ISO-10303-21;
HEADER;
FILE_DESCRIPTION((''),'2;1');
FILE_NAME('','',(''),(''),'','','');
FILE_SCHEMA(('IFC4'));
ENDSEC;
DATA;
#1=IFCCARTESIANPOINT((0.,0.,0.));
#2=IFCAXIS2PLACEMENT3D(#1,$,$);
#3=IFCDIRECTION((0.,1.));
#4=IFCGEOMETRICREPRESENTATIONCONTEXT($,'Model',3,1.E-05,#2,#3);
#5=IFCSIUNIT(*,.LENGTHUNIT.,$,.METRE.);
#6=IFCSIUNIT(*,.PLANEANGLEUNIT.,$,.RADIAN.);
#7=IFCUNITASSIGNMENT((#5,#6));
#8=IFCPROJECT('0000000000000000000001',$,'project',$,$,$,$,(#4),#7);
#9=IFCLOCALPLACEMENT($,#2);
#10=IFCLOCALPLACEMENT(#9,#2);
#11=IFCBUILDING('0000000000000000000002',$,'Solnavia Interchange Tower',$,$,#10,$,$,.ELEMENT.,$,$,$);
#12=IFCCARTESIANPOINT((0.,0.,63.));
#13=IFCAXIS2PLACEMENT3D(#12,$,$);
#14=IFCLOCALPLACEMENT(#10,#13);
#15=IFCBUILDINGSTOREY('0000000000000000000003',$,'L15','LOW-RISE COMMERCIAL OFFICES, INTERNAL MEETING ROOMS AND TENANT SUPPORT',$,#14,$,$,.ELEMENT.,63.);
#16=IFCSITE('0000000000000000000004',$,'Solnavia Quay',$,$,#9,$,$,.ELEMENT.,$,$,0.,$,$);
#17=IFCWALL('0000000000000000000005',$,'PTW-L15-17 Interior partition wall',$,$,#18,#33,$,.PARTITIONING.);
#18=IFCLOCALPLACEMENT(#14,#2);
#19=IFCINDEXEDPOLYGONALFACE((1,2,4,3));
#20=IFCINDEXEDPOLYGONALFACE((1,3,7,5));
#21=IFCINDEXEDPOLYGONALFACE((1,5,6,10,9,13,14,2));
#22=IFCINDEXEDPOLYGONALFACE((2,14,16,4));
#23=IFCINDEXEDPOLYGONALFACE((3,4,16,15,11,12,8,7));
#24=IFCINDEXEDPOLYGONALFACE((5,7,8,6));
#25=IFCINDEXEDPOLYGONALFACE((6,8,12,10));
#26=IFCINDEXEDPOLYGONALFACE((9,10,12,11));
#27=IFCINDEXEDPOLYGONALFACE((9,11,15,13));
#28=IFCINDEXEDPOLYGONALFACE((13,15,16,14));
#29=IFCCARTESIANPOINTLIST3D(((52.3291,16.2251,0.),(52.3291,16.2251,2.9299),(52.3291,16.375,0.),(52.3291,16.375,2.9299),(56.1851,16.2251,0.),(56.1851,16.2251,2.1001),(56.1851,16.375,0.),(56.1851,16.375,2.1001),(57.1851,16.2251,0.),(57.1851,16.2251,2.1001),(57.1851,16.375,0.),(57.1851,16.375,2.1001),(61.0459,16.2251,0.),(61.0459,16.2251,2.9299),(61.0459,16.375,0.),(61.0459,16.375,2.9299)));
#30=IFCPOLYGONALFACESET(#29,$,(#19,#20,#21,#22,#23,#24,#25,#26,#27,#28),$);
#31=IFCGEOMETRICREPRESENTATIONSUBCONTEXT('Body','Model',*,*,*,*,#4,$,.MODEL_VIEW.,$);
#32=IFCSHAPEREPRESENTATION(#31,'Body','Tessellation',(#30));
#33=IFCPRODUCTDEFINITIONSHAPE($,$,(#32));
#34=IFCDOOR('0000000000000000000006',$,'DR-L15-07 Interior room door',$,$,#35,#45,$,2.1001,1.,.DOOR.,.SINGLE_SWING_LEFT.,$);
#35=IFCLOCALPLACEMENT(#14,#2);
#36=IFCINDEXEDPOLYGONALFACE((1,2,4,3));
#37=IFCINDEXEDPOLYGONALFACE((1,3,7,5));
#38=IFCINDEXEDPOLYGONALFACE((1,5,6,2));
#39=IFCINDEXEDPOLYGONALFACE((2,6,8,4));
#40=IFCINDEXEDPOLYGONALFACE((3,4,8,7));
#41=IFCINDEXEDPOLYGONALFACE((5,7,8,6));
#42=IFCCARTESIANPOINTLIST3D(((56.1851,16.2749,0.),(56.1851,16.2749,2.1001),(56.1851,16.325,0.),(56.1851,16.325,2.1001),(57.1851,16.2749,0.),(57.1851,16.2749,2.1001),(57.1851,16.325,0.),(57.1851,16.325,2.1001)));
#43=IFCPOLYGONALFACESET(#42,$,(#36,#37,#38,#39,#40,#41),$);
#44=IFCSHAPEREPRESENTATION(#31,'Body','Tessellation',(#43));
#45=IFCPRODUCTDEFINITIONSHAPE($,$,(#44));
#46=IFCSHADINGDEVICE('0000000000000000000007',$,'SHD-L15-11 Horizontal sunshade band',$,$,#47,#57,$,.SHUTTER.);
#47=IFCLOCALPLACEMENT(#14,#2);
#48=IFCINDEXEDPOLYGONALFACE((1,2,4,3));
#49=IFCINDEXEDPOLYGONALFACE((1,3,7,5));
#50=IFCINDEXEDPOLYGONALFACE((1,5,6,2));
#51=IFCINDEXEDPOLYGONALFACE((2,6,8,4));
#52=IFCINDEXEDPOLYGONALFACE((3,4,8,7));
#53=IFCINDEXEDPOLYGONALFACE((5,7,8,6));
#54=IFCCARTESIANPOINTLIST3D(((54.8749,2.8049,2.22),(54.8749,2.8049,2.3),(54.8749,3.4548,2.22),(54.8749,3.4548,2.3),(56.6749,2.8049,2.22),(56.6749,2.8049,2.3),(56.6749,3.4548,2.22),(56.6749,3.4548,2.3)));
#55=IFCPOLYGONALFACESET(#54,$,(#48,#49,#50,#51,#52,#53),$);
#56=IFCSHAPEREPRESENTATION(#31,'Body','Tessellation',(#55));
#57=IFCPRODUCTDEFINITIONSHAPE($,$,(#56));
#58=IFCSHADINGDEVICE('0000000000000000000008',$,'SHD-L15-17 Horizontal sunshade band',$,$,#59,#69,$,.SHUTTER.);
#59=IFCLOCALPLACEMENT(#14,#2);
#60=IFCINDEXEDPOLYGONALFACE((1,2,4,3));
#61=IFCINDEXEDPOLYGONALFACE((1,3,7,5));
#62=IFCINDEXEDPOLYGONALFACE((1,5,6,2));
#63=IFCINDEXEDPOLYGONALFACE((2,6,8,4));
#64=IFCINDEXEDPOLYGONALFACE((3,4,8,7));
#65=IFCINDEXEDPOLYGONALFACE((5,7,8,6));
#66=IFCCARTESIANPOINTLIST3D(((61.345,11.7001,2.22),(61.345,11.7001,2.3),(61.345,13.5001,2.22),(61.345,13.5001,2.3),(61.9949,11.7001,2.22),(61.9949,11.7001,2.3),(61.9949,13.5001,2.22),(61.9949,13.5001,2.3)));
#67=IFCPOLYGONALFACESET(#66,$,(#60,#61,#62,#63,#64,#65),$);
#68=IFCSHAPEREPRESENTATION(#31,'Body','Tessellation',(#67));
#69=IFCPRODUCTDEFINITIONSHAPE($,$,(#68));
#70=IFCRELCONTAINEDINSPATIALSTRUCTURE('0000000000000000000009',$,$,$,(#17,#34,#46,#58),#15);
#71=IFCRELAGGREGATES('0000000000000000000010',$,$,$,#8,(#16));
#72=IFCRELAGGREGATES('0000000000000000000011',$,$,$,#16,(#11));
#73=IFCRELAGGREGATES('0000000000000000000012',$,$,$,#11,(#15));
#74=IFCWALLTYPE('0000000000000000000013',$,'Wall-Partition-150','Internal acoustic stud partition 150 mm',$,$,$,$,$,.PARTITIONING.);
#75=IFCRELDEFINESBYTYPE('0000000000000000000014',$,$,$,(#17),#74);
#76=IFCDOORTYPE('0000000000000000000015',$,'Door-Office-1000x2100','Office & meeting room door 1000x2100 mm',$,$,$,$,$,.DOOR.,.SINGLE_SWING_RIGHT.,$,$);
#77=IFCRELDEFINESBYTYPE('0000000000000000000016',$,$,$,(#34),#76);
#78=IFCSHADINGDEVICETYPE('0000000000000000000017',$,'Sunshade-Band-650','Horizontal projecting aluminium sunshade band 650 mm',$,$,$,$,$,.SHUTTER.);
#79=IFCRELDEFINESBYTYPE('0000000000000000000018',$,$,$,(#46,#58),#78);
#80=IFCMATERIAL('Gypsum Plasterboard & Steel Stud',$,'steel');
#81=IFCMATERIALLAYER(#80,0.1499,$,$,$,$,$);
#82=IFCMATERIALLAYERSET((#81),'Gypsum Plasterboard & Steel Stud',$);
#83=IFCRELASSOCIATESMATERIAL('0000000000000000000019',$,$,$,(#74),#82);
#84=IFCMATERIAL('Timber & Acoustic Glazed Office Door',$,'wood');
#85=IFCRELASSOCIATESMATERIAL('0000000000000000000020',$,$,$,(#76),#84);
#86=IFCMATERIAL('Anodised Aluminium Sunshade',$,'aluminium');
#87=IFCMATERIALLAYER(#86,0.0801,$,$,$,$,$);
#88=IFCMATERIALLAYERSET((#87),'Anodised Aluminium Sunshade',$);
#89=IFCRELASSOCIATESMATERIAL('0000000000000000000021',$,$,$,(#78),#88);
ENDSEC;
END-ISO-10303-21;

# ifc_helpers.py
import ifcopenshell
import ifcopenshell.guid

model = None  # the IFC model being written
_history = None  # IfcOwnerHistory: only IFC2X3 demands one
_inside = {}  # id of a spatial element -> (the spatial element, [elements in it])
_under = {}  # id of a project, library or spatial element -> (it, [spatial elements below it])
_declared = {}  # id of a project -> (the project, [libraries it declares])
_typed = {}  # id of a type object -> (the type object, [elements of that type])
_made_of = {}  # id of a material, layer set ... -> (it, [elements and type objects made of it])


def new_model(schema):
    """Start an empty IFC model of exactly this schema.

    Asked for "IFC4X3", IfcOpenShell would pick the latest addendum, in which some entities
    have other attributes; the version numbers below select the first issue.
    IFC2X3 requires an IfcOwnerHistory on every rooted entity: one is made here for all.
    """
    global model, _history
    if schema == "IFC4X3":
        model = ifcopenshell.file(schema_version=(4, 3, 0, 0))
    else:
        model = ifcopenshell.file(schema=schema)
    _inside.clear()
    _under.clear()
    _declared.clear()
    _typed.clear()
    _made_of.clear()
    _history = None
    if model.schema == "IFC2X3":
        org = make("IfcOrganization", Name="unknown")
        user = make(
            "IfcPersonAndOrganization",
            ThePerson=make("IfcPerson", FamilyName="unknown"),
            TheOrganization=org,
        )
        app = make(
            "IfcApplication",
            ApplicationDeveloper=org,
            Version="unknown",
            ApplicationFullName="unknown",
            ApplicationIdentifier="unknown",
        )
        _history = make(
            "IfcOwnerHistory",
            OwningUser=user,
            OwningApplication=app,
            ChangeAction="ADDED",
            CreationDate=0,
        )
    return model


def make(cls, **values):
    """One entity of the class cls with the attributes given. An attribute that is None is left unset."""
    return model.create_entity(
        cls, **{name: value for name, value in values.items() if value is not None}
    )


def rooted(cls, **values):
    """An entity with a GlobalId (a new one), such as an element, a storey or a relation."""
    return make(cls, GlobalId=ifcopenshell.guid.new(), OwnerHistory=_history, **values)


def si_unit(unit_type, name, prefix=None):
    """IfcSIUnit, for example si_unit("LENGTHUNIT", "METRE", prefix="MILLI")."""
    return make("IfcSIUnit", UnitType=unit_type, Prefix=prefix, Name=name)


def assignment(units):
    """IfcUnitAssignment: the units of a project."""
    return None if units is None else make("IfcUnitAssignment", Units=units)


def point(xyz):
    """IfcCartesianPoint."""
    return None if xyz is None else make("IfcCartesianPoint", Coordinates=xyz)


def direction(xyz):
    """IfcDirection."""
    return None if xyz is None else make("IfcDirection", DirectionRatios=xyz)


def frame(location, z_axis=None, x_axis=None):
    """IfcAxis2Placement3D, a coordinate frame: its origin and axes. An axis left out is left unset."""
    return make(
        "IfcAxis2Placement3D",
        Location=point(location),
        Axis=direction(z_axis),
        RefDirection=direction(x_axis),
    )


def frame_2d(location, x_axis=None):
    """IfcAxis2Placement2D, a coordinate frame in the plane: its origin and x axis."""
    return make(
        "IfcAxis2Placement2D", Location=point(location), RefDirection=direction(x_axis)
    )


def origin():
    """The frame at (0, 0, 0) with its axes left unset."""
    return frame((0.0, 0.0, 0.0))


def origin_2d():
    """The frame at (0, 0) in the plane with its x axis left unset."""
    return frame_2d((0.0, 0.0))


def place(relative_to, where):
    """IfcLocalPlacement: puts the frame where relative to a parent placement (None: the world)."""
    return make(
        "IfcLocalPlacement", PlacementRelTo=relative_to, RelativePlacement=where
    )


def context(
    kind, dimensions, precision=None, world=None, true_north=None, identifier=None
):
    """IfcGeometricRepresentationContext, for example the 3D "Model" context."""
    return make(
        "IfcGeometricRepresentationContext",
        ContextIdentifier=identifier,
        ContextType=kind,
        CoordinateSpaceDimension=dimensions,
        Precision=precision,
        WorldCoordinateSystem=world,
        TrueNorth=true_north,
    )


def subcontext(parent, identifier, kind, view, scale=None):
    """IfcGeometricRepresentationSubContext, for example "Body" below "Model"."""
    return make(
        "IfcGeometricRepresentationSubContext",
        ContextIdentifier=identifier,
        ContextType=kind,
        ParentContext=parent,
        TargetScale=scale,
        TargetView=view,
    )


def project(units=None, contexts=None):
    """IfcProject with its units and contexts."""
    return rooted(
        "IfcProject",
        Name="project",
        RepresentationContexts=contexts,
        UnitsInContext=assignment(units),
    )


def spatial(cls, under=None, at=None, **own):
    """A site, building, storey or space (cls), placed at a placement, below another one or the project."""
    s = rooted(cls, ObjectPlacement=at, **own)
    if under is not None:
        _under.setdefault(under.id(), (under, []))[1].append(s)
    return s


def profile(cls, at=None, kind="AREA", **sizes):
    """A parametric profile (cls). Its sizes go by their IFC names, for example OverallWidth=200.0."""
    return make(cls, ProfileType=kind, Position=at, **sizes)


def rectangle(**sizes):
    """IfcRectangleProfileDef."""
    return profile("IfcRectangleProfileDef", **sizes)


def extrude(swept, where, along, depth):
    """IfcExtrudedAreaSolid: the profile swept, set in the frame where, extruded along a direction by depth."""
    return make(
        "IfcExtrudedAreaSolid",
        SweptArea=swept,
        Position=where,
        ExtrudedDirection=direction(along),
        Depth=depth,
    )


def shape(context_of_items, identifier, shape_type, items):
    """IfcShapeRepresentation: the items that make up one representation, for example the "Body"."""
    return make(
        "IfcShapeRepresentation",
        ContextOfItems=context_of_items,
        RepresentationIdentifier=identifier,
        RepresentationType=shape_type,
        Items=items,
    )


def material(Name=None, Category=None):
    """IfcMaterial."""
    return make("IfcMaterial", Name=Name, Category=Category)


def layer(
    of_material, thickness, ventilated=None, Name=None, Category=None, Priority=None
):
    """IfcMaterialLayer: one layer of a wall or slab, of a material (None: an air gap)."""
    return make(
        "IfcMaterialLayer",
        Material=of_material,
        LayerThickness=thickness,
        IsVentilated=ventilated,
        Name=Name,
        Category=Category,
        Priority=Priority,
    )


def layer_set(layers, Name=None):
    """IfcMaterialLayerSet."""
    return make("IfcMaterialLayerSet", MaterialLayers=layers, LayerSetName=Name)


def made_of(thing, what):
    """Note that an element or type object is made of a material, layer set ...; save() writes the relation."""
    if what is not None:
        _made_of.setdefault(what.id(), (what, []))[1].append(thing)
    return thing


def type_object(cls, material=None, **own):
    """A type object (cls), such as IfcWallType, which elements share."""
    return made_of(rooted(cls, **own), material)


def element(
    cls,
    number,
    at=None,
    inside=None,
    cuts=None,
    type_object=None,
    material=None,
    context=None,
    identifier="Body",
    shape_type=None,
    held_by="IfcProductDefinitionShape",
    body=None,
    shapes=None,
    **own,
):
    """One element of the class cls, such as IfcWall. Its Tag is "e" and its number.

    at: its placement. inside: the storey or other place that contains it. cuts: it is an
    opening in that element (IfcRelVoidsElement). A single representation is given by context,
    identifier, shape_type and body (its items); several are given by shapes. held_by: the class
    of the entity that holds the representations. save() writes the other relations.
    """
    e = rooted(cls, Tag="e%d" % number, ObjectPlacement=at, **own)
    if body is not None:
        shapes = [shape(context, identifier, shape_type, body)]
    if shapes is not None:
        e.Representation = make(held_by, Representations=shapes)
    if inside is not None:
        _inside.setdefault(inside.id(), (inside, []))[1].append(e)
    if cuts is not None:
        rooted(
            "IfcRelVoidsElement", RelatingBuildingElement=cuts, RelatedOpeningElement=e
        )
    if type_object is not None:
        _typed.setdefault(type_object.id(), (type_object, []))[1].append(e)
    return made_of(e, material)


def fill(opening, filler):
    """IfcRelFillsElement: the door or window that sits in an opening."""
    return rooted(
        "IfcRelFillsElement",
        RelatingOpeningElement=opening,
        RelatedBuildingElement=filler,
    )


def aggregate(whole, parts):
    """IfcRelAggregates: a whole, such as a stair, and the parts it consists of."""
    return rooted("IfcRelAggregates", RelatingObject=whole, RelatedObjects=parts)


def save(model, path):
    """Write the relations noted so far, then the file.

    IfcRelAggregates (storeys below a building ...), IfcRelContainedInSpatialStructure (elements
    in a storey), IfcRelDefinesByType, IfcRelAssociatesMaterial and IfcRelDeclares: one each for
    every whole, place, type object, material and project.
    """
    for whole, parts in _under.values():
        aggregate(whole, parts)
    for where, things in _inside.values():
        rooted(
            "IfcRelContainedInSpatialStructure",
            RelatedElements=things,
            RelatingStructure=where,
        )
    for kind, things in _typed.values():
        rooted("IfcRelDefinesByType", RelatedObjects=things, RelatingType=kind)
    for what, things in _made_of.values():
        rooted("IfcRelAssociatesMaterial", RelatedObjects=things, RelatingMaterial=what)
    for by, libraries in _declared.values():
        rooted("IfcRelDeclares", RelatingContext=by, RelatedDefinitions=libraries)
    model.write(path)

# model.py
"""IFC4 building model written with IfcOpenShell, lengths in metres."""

from ifc_helpers import new_model, si_unit, direction, frame, frame_2d, origin, origin_2d, place, context, subcontext, project, spatial, rectangle, extrude, material, layer, layer_set, type_object, element, fill, save


model = new_model("IFC4")

# Units and contexts
model_context = context("Model", 3, precision=1e-05, world=origin(), true_north=direction((0.0, 1.0)))
body_context = subcontext(model_context, "Body", "Model", "MODEL_VIEW")
ifc_project = project(units=[si_unit("LENGTHUNIT", "METRE"), si_unit("PLANEANGLEUNIT", "RADIAN")], contexts=[model_context])

# Site, building, storey
site_placement = place(None, origin())
site = spatial("IfcSite", under=ifc_project, at=site_placement, Name="Solnavia Quay", CompositionType="ELEMENT", RefElevation=0.0)
building_placement = place(site_placement, origin())
building = spatial("IfcBuilding", under=site, at=building_placement, Name="Solnavia Interchange Tower", CompositionType="ELEMENT")
storey_placement = place(building_placement, frame((0.0, 0.0, 63.0)))
storey = spatial("IfcBuildingStorey", under=building, at=storey_placement, Name="L15", Description="LOW-RISE COMMERCIAL OFFICES, INTERNAL MEETING ROOMS AND TENANT SUPPORT", CompositionType="ELEMENT", Elevation=63.0)

# Shared definitions
ifc_material_1 = material(Name="Gypsum Plasterboard & Steel Stud", Category="steel")
ifc_layer_1 = layer(ifc_material_1, 0.1499)
ifc_layer_set_1 = layer_set([ifc_layer_1], Name="Gypsum Plasterboard & Steel Stud")
wall_type_1 = type_object("IfcWallType", Name="Wall-Partition-150", Description="Internal acoustic stud partition 150 mm", PredefinedType="PARTITIONING", material=ifc_layer_set_1)

# Wall, opening, door
wall_1_placement = place(storey_placement, frame((52.3291, 16.3, 0.0), z_axis=(0.0, 0.0, 1.0), x_axis=(1.0, 0.0, 0.0)))
wall_1 = element("IfcWall", 1, at=wall_1_placement, inside=storey, type_object=wall_type_1, Name="PTW-L15-17 Interior partition wall", PredefinedType="PARTITIONING", context=body_context, shape_type="SweptSolid", body=[
    extrude(rectangle(XDim=8.7168, YDim=0.1499, at=frame_2d((4.3584, 0.0))), origin(), (0.0, 0.0, 1.0), 2.9299),
])
opening_1_placement = place(wall_1_placement, frame((3.856, 0.0, 0.0)))
opening_1 = element("IfcOpeningElement", 2, at=opening_1_placement, cuts=wall_1, PredefinedType="OPENING", context=body_context, shape_type="SweptSolid", body=[
    extrude(rectangle(XDim=1.0, YDim=2.1001, at=frame_2d((0.5, 1.05))), frame((0.0, 0.085, 0.0), z_axis=(0.0, -1.0, 0.0), x_axis=(1.0, 0.0, 0.0)), (0.0, 0.0, 1.0), 0.1699),
])
ifc_material_2 = material(Name="Timber & Acoustic Glazed Office Door", Category="wood")
door_type = type_object("IfcDoorType", Name="Door-Office-1000x2100", Description="Office & meeting room door 1000x2100 mm", OperationType="SINGLE_SWING_RIGHT", PredefinedType="DOOR", material=ifc_material_2)
door_placement = place(opening_1_placement, origin())
door = element("IfcDoor", 3, at=door_placement, inside=storey, type_object=door_type, Name="DR-L15-07 Interior room door", OperationType="SINGLE_SWING_LEFT", OverallHeight=2.1001, OverallWidth=1.0, PredefinedType="DOOR", context=body_context, shape_type="SweptSolid", body=[
    extrude(rectangle(XDim=1.0, YDim=2.1001, at=frame_2d((0.5, 1.05))), frame((0.0, 0.0249, 0.0), z_axis=(0.0, -1.0, 0.0), x_axis=(1.0, 0.0, 0.0)), (0.0, 0.0, 1.0), 0.05),
])
fill(opening_1, door)

# Shading devices
ifc_material_3 = material(Name="Anodised Aluminium Sunshade", Category="aluminium")
ifc_layer_2 = layer(ifc_material_3, 0.0801)
ifc_layer_set_2 = layer_set([ifc_layer_2], Name="Anodised Aluminium Sunshade")
shading_device_type = type_object("IfcShadingDeviceType", Name="Sunshade-Band-650", Description="Horizontal projecting aluminium sunshade band 650 mm", PredefinedType="SHUTTER", material=ifc_layer_set_2)
for number, where, z_axis, x_axis, name in (
    (4, (55.7749, 3.1299, 2.22), (0.0, 0.0, 1.0), (-1.0, 0.0, 0.0), "SHD-L15-11 Horizontal sunshade band"),
    (5, (61.6699, 12.6001, 2.22), (0.0, 0.0, 1.0), (0.0, -1.0, 0.0), "SHD-L15-17 Horizontal sunshade band"),
):
    element("IfcShadingDevice", number, at=place(storey_placement, frame(where, z_axis=z_axis, x_axis=x_axis)), inside=storey, type_object=shading_device_type, Name=name, PredefinedType="SHUTTER", context=body_context, shape_type="SweptSolid", body=[
        extrude(rectangle(XDim=1.8, YDim=0.6499, at=origin_2d()), origin(), (0.0, 0.0, 1.0), 0.0801),
    ])

save(model, "model.ifc")
